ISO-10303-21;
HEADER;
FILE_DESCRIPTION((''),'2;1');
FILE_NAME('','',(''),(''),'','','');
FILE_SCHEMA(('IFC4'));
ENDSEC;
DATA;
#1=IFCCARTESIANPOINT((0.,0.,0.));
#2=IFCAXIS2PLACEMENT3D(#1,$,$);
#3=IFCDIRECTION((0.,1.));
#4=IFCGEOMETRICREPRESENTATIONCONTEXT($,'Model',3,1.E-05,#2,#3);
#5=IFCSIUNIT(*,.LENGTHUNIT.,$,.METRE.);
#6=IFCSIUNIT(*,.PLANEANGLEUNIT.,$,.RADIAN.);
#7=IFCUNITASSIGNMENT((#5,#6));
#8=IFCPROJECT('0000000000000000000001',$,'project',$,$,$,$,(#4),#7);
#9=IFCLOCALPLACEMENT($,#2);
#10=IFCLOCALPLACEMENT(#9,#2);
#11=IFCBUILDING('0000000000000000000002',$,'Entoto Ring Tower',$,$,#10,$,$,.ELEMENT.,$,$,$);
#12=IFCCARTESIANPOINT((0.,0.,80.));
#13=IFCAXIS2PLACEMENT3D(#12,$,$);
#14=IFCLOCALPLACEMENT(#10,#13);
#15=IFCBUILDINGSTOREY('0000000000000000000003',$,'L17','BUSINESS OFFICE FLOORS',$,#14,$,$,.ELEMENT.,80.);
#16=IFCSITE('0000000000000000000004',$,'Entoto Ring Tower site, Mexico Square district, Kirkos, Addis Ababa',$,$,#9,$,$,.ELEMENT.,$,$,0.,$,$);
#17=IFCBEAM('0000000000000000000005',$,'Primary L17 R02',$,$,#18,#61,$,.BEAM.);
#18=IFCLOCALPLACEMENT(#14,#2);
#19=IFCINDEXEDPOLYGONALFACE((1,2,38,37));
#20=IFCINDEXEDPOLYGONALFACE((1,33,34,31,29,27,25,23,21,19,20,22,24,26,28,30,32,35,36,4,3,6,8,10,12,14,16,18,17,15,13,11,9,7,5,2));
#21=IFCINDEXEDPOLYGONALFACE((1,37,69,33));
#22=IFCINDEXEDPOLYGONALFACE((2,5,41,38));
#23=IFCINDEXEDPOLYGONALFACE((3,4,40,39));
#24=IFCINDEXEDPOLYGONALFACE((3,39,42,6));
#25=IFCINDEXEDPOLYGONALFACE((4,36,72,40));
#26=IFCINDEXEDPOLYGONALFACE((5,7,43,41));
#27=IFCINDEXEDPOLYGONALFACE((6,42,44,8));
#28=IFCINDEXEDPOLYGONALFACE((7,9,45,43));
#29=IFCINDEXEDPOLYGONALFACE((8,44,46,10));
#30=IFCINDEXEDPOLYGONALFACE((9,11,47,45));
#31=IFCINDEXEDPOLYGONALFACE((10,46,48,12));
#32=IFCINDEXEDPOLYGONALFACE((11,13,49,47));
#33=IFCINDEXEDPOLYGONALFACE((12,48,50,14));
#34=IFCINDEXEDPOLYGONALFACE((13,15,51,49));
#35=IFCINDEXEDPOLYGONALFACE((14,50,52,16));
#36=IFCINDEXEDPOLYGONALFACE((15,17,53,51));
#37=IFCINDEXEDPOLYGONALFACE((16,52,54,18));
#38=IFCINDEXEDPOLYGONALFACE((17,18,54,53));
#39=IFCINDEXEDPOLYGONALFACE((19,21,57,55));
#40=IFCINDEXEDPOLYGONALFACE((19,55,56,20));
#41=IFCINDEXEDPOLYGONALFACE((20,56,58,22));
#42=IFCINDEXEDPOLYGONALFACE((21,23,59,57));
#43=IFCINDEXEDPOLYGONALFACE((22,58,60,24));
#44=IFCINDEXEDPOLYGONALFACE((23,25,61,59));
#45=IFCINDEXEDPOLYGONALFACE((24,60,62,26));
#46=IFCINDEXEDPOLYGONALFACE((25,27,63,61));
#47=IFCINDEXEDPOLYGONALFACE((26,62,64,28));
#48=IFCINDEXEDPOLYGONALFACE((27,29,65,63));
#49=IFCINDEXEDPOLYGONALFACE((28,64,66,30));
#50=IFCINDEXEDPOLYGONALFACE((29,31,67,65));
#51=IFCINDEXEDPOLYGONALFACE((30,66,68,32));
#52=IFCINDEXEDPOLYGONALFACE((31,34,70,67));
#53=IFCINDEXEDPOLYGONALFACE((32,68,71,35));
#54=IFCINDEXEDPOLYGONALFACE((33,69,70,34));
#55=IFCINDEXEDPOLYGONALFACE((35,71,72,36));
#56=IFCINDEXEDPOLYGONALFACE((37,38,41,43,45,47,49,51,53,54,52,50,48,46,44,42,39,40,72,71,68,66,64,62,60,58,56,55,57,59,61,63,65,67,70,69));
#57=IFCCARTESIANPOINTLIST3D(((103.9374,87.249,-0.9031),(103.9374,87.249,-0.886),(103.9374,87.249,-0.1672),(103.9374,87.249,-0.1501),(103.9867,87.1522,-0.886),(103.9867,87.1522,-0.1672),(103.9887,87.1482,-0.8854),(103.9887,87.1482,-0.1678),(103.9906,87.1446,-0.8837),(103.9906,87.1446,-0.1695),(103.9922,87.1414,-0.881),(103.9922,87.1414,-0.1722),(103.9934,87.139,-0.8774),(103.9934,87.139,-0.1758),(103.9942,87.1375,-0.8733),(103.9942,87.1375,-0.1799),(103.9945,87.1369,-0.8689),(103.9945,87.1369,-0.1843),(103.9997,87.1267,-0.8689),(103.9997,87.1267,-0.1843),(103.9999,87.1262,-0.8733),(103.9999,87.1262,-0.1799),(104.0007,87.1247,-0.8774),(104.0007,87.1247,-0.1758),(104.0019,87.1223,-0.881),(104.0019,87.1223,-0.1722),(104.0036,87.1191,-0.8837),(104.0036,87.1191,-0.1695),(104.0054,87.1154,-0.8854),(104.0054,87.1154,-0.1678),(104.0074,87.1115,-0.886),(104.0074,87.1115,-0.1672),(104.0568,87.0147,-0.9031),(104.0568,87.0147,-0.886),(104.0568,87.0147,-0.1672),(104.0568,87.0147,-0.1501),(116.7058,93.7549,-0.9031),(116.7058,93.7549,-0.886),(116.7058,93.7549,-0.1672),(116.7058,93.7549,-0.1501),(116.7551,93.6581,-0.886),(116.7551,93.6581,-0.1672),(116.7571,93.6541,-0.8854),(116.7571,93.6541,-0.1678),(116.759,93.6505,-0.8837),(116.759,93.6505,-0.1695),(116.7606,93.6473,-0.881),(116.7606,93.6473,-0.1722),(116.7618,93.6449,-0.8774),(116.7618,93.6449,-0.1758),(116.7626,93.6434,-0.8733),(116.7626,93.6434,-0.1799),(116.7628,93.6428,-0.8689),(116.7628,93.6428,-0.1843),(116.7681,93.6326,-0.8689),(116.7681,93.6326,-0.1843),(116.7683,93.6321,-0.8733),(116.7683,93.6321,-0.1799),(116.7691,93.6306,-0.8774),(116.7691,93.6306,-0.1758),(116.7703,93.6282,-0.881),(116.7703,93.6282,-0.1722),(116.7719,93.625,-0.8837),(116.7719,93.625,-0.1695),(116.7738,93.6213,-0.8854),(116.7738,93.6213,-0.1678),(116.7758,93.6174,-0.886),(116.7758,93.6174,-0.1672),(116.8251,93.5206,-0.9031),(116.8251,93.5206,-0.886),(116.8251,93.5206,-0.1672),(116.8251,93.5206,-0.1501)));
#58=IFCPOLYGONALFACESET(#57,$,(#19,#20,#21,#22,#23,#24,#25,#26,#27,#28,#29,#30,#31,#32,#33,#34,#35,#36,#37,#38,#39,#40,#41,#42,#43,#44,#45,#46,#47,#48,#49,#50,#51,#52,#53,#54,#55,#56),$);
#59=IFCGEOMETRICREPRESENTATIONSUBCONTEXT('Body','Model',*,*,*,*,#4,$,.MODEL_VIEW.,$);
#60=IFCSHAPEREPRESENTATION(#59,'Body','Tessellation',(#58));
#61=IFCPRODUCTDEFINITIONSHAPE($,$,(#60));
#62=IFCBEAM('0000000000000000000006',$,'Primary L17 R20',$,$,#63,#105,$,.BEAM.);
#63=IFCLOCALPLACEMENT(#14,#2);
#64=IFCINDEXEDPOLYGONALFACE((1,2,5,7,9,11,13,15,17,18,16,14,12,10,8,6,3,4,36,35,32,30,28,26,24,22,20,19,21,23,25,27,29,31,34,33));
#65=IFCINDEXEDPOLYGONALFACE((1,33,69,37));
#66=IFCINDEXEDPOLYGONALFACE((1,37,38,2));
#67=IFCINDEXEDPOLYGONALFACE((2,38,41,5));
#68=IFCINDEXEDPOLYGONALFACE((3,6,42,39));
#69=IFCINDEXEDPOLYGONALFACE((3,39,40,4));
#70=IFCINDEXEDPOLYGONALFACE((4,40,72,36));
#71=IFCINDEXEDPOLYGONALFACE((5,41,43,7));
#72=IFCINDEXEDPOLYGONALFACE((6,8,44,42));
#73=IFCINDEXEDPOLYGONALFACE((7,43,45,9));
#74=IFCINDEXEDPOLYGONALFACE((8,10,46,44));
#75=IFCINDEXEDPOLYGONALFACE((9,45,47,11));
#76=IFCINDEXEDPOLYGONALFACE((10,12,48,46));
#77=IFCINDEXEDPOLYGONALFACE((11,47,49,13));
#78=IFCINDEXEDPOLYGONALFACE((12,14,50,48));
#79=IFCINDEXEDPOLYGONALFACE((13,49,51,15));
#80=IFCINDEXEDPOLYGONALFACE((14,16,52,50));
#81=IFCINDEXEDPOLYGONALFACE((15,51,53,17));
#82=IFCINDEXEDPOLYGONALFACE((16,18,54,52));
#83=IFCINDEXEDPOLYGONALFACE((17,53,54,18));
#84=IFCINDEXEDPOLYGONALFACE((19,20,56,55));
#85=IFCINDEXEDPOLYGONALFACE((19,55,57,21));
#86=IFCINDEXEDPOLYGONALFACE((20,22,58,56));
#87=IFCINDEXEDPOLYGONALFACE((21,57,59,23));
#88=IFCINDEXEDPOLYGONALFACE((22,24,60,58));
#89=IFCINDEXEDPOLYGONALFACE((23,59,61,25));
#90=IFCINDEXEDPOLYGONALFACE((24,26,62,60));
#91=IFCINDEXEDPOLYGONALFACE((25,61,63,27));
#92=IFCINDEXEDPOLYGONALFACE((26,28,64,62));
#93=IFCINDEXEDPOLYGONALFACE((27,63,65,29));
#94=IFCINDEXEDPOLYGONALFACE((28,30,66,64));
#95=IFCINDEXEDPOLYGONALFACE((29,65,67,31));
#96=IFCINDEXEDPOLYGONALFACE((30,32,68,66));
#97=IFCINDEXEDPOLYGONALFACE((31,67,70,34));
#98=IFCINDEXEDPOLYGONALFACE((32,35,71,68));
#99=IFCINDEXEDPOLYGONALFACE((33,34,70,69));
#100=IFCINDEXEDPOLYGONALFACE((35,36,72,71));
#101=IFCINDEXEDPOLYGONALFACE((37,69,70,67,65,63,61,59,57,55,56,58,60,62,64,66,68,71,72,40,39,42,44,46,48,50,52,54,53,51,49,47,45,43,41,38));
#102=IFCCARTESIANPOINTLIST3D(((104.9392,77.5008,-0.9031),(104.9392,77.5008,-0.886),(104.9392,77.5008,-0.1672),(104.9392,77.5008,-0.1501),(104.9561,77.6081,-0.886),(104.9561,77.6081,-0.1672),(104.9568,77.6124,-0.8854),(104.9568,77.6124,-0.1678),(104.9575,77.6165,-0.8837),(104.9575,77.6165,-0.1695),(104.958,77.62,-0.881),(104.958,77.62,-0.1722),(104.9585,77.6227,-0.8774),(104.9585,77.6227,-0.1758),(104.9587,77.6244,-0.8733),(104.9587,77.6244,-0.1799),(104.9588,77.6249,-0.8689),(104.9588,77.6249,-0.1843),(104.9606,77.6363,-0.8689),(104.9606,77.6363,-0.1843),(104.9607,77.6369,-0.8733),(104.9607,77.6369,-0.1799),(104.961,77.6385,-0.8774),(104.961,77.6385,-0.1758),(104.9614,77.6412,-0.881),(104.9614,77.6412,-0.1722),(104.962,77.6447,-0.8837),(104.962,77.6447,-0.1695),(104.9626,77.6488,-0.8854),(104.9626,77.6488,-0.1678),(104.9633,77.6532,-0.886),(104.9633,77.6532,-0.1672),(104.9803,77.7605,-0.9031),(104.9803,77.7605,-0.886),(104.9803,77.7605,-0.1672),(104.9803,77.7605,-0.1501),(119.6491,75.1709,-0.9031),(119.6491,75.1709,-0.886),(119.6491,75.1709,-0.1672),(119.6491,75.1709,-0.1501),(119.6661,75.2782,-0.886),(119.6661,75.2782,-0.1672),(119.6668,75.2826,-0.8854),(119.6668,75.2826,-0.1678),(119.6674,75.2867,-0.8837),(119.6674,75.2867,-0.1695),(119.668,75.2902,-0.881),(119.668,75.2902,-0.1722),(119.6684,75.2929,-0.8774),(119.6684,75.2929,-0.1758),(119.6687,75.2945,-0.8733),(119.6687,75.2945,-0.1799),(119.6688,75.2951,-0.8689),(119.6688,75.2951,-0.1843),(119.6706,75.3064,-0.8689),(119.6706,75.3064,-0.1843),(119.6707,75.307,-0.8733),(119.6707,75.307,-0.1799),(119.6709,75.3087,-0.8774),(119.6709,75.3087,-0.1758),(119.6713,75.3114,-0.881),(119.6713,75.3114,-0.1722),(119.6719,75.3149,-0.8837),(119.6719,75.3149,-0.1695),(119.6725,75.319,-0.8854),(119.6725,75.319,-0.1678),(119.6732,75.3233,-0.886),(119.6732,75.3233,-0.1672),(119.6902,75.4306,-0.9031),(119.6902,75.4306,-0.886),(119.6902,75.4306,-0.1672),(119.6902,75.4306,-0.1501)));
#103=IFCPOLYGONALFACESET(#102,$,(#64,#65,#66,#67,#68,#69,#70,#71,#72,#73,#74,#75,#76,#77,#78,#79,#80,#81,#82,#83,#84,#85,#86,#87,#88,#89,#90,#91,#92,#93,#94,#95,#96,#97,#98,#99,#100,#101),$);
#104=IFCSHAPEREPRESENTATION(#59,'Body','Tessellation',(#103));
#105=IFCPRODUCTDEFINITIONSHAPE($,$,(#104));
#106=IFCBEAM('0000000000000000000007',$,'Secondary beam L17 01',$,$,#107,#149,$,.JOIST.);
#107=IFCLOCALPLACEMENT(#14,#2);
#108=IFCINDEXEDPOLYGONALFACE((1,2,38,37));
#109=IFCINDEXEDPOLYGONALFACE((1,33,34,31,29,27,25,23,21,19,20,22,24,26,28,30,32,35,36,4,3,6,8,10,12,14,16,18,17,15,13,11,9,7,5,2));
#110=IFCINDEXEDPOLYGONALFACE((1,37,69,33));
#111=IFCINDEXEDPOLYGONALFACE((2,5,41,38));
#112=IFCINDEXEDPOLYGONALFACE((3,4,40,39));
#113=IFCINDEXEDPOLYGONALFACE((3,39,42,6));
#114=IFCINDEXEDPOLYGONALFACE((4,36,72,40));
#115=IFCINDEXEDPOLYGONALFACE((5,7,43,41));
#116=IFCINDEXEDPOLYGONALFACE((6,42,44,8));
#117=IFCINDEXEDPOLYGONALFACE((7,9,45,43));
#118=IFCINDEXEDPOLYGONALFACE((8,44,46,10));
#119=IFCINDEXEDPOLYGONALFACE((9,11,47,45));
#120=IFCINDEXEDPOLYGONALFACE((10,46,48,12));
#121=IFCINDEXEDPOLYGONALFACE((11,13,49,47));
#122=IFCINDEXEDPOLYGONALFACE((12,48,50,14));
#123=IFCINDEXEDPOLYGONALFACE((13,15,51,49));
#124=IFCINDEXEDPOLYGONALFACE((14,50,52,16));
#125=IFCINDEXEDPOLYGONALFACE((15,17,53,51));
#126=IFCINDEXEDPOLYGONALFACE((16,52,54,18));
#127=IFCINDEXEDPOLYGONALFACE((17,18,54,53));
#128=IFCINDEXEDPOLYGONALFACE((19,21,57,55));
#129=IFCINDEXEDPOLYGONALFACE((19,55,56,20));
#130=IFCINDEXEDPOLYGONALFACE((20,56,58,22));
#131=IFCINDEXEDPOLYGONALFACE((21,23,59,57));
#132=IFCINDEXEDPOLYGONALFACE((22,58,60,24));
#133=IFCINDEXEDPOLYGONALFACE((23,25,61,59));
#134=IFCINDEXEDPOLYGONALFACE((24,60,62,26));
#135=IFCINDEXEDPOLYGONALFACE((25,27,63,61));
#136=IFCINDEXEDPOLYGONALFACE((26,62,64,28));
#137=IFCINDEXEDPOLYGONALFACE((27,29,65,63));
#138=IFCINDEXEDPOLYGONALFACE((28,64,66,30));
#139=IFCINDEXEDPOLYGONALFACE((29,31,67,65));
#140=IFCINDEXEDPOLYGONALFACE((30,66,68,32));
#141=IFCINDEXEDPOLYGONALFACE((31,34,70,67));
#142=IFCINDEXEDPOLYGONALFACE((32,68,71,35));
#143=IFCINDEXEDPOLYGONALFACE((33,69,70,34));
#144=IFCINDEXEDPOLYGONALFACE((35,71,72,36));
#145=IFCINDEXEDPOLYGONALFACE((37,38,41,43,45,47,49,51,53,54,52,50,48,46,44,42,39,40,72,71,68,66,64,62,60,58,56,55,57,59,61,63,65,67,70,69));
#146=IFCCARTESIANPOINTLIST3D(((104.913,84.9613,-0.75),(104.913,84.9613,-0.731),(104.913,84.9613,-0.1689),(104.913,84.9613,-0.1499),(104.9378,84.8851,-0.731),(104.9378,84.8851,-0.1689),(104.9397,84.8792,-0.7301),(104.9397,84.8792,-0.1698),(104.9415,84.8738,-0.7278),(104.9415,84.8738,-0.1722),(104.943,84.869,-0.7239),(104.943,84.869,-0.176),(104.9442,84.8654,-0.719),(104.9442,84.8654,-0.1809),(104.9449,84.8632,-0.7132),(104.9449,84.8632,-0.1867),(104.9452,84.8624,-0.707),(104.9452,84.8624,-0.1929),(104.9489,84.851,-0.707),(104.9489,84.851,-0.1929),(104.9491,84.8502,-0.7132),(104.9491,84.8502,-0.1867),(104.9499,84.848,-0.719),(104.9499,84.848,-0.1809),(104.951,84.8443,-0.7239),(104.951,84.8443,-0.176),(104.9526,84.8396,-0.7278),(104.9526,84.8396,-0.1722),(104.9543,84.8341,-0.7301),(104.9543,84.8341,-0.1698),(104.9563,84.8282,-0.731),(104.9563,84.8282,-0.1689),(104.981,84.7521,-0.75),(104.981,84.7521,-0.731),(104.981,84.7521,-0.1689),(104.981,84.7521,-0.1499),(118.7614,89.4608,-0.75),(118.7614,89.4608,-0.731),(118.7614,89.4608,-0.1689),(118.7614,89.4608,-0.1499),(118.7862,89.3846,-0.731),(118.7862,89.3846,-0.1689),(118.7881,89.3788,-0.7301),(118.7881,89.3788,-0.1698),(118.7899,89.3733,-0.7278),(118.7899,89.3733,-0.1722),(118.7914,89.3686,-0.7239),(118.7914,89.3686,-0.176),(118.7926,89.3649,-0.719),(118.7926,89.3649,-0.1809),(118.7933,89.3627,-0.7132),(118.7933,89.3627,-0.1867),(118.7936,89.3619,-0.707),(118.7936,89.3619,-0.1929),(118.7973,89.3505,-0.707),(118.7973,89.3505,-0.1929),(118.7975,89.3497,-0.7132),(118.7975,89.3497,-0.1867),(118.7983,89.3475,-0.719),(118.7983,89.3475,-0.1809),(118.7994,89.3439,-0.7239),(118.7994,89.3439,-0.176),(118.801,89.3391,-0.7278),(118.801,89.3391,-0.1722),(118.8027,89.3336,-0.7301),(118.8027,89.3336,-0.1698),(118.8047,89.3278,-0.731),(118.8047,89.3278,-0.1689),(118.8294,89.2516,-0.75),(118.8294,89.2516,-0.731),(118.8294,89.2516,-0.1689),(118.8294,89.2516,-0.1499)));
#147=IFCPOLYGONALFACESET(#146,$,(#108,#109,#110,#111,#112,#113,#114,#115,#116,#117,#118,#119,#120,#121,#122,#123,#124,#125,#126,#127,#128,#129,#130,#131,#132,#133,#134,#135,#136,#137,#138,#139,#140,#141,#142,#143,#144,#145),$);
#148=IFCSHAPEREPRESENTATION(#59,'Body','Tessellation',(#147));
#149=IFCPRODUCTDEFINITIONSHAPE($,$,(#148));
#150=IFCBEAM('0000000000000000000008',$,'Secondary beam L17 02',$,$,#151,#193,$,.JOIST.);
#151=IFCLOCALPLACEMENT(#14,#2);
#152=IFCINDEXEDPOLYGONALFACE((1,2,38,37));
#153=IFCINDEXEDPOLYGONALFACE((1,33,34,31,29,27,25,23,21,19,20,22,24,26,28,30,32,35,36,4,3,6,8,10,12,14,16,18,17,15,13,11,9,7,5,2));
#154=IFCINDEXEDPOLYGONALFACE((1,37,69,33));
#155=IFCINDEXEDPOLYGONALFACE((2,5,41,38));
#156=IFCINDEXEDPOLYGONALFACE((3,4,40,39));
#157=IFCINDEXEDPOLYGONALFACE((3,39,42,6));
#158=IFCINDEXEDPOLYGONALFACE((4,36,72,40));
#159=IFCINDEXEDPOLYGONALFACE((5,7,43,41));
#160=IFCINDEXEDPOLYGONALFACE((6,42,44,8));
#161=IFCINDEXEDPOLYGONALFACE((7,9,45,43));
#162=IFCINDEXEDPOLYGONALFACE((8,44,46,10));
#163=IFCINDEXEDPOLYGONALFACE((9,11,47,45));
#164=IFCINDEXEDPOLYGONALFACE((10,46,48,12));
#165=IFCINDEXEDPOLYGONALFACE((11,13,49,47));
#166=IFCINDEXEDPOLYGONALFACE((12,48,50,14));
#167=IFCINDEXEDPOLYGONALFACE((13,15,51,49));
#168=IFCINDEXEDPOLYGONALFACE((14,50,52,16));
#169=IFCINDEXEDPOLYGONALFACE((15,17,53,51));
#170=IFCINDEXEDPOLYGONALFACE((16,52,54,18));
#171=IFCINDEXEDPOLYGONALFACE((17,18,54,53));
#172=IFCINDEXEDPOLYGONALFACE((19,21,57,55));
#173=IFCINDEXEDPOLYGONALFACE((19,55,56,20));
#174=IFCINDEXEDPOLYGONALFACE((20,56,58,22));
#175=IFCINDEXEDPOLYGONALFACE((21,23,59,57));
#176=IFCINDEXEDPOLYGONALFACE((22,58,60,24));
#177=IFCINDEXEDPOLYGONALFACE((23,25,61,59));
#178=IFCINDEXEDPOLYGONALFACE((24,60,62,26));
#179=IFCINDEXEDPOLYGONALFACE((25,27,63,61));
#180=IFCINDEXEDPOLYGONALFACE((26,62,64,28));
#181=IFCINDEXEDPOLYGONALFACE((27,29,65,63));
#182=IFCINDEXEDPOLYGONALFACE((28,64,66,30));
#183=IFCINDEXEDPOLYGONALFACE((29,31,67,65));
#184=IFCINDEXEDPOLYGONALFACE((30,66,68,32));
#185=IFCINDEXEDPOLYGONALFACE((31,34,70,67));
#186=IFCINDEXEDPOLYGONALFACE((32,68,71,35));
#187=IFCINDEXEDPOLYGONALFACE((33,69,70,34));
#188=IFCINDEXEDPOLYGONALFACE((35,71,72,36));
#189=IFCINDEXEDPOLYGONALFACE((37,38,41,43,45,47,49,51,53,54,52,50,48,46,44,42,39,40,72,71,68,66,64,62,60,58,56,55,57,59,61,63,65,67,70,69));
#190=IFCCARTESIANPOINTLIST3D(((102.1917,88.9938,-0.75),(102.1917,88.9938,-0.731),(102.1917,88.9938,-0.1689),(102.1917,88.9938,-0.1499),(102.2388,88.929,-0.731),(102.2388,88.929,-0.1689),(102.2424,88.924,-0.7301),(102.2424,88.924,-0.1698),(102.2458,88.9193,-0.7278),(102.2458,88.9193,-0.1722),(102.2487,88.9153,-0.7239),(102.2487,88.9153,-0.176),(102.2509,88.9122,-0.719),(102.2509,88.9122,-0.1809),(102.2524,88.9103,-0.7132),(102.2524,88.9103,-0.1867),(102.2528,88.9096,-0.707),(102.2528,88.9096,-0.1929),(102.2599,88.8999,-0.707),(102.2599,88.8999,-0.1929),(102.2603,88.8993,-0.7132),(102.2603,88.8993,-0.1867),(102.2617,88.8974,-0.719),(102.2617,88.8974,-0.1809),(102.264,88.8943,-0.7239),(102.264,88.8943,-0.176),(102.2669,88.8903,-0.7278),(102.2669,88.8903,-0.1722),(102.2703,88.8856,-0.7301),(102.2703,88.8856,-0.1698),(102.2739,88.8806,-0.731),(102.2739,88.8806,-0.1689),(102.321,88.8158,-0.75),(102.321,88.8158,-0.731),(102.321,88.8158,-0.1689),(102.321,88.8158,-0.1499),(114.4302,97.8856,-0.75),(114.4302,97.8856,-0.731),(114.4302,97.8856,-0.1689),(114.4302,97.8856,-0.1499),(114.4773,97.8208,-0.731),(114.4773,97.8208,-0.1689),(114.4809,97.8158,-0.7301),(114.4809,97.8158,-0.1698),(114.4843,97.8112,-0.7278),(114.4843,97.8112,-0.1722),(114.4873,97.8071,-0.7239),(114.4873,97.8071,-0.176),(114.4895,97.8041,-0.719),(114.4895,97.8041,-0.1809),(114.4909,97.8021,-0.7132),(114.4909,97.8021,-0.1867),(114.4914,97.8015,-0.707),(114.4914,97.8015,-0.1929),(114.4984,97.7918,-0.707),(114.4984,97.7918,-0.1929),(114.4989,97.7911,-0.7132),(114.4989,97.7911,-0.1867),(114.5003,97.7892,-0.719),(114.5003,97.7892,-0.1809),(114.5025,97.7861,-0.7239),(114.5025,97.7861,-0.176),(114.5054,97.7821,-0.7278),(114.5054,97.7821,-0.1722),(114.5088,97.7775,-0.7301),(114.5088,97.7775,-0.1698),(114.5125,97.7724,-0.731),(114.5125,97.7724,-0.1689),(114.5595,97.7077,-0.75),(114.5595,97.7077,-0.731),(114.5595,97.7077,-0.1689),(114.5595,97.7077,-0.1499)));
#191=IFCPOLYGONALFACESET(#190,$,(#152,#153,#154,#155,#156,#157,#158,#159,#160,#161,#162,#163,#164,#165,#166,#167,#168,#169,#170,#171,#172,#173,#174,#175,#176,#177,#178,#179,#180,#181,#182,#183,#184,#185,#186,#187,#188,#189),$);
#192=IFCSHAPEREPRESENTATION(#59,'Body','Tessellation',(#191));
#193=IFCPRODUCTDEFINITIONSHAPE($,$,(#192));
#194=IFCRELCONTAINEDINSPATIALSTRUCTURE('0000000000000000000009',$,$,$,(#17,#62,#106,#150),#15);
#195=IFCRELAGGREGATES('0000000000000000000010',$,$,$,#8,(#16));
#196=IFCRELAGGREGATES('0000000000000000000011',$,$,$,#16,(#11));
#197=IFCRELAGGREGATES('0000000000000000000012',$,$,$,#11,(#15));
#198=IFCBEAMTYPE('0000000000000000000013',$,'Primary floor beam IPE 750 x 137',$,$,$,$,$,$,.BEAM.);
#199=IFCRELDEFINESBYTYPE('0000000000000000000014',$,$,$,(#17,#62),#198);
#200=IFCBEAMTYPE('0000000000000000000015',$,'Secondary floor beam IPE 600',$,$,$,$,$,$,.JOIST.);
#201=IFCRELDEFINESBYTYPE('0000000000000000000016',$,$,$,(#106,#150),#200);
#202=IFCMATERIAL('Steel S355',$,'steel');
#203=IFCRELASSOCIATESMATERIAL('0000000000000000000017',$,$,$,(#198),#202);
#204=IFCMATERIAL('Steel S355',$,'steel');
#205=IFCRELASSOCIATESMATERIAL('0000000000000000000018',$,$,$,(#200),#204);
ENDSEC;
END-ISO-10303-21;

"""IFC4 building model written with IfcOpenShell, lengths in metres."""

from ifc_helpers import new_model, si_unit, direction, frame, origin, origin_2d, place, context, subcontext, project, spatial, i_section, extrude, material, material_profile, profile_set, type_object, element, save


model = new_model("IFC4")

# Units and contexts
model_context = context("Model", 3, precision=1e-05, world=origin(), true_north=direction((0.0, 1.0)))
body_context = subcontext(model_context, "Body", "Model", "MODEL_VIEW")
ifc_project = project(units=[si_unit("LENGTHUNIT", "METRE"), si_unit("PLANEANGLEUNIT", "RADIAN")], contexts=[model_context])

# Site, building, storey
site_placement = place(None, origin())
site = spatial("IfcSite", under=ifc_project, at=site_placement, Name="Entoto Ring Tower site, Mexico Square district, Kirkos, Addis Ababa", CompositionType="ELEMENT", RefElevation=0.0)
building_placement = place(site_placement, origin())
building = spatial("IfcBuilding", under=site, at=building_placement, Name="Entoto Ring Tower", CompositionType="ELEMENT")
storey_placement = place(building_placement, frame((0.0, 0.0, 80.0)))
storey = spatial("IfcBuildingStorey", under=building, at=storey_placement, Name="L17", Description="BUSINESS OFFICE FLOORS", CompositionType="ELEMENT", Elevation=80.0)

# Beams
ifc_material_1 = material(Name="Steel S355", Category="steel")
ifc_material_profile_1 = material_profile(ifc_material_1, i_section(OverallWidth=0.2629, OverallDepth=0.7529, WebThickness=0.0115, FlangeThickness=0.0171, FilletRadius=0.0171, at=origin_2d()), Name="IPE 750 x 137")
ifc_profile_set_1 = profile_set([ifc_material_profile_1], Name="Steel S355")
beam_type_1 = type_object("IfcBeamType", Name="Primary floor beam IPE 750 x 137", PredefinedType="BEAM", material=ifc_profile_set_1)
beam_1_placement = place(storey_placement, frame((103.9971, 87.1318, -0.5266), z_axis=(0.891004, 0.453995, 0.0), x_axis=(-0.453995, 0.891004, 0.0)))
element("IfcBeam", 1, at=beam_1_placement, inside=storey, type_object=beam_type_1, Name="Primary L17 R02", PredefinedType="BEAM", context=body_context, shape_type="SweptSolid", body=[
    extrude(i_section(OverallWidth=0.2629, OverallDepth=0.7529, WebThickness=0.0115, FlangeThickness=0.0171, FilletRadius=0.0171, at=origin_2d()), origin(), (0.0, 0.0, 1.0), 14.3303),
])
beam_2_placement = place(storey_placement, frame((104.9597, 77.6306, -0.5266), z_axis=(0.987688, -0.156435, 0.0), x_axis=(0.156435, 0.987688, 0.0)))
element("IfcBeam", 2, at=beam_2_placement, inside=storey, type_object=beam_type_1, Name="Primary L17 R20", PredefinedType="BEAM", context=body_context, shape_type="SweptSolid", body=[
    extrude(i_section(OverallWidth=0.2629, OverallDepth=0.7529, WebThickness=0.0115, FlangeThickness=0.0171, FilletRadius=0.0171, at=origin_2d()), origin(), (0.0, 0.0, 1.0), 14.8933),
])
ifc_material_2 = material(Name="Steel S355", Category="steel")
ifc_material_profile_2 = material_profile(ifc_material_2, i_section(OverallWidth=0.22, OverallDepth=0.6001, WebThickness=0.012, FlangeThickness=0.019, FilletRadius=0.0239, at=origin_2d()), Name="IPE 600")
ifc_profile_set_2 = profile_set([ifc_material_profile_2], Name="Steel S355")
beam_type_2 = type_object("IfcBeamType", Name="Secondary floor beam IPE 600", PredefinedType="JOIST", material=ifc_profile_set_2)
beam_3_placement = place(storey_placement, frame((104.947, 84.8567, -0.45), z_axis=(0.951059, 0.309011, 0.0), x_axis=(-0.309011, 0.951059, 0.0)))
element("IfcBeam", 3, at=beam_3_placement, inside=storey, type_object=beam_type_2, Name="Secondary beam L17 01", PredefinedType="JOIST", context=body_context, shape_type="SweptSolid", body=[
    extrude(i_section(OverallWidth=0.22, OverallDepth=0.6001, WebThickness=0.012, FlangeThickness=0.019, FilletRadius=0.0239, at=origin_2d()), origin(), (0.0, 0.0, 1.0), 14.561),
])
beam_4_placement = place(storey_placement, frame((102.2563, 88.9048, -0.45), z_axis=(0.809016, 0.587787, 0.0), x_axis=(-0.587787, 0.809016, 0.0)))
element("IfcBeam", 4, at=beam_4_placement, inside=storey, type_object=beam_type_2, Name="Secondary beam L17 02", PredefinedType="JOIST", context=body_context, shape_type="SweptSolid", body=[
    extrude(i_section(OverallWidth=0.22, OverallDepth=0.6001, WebThickness=0.012, FlangeThickness=0.019, FilletRadius=0.0239, at=origin_2d()), origin(), (0.0, 0.0, 1.0), 15.1277),
])

save(model, "model.ifc")
